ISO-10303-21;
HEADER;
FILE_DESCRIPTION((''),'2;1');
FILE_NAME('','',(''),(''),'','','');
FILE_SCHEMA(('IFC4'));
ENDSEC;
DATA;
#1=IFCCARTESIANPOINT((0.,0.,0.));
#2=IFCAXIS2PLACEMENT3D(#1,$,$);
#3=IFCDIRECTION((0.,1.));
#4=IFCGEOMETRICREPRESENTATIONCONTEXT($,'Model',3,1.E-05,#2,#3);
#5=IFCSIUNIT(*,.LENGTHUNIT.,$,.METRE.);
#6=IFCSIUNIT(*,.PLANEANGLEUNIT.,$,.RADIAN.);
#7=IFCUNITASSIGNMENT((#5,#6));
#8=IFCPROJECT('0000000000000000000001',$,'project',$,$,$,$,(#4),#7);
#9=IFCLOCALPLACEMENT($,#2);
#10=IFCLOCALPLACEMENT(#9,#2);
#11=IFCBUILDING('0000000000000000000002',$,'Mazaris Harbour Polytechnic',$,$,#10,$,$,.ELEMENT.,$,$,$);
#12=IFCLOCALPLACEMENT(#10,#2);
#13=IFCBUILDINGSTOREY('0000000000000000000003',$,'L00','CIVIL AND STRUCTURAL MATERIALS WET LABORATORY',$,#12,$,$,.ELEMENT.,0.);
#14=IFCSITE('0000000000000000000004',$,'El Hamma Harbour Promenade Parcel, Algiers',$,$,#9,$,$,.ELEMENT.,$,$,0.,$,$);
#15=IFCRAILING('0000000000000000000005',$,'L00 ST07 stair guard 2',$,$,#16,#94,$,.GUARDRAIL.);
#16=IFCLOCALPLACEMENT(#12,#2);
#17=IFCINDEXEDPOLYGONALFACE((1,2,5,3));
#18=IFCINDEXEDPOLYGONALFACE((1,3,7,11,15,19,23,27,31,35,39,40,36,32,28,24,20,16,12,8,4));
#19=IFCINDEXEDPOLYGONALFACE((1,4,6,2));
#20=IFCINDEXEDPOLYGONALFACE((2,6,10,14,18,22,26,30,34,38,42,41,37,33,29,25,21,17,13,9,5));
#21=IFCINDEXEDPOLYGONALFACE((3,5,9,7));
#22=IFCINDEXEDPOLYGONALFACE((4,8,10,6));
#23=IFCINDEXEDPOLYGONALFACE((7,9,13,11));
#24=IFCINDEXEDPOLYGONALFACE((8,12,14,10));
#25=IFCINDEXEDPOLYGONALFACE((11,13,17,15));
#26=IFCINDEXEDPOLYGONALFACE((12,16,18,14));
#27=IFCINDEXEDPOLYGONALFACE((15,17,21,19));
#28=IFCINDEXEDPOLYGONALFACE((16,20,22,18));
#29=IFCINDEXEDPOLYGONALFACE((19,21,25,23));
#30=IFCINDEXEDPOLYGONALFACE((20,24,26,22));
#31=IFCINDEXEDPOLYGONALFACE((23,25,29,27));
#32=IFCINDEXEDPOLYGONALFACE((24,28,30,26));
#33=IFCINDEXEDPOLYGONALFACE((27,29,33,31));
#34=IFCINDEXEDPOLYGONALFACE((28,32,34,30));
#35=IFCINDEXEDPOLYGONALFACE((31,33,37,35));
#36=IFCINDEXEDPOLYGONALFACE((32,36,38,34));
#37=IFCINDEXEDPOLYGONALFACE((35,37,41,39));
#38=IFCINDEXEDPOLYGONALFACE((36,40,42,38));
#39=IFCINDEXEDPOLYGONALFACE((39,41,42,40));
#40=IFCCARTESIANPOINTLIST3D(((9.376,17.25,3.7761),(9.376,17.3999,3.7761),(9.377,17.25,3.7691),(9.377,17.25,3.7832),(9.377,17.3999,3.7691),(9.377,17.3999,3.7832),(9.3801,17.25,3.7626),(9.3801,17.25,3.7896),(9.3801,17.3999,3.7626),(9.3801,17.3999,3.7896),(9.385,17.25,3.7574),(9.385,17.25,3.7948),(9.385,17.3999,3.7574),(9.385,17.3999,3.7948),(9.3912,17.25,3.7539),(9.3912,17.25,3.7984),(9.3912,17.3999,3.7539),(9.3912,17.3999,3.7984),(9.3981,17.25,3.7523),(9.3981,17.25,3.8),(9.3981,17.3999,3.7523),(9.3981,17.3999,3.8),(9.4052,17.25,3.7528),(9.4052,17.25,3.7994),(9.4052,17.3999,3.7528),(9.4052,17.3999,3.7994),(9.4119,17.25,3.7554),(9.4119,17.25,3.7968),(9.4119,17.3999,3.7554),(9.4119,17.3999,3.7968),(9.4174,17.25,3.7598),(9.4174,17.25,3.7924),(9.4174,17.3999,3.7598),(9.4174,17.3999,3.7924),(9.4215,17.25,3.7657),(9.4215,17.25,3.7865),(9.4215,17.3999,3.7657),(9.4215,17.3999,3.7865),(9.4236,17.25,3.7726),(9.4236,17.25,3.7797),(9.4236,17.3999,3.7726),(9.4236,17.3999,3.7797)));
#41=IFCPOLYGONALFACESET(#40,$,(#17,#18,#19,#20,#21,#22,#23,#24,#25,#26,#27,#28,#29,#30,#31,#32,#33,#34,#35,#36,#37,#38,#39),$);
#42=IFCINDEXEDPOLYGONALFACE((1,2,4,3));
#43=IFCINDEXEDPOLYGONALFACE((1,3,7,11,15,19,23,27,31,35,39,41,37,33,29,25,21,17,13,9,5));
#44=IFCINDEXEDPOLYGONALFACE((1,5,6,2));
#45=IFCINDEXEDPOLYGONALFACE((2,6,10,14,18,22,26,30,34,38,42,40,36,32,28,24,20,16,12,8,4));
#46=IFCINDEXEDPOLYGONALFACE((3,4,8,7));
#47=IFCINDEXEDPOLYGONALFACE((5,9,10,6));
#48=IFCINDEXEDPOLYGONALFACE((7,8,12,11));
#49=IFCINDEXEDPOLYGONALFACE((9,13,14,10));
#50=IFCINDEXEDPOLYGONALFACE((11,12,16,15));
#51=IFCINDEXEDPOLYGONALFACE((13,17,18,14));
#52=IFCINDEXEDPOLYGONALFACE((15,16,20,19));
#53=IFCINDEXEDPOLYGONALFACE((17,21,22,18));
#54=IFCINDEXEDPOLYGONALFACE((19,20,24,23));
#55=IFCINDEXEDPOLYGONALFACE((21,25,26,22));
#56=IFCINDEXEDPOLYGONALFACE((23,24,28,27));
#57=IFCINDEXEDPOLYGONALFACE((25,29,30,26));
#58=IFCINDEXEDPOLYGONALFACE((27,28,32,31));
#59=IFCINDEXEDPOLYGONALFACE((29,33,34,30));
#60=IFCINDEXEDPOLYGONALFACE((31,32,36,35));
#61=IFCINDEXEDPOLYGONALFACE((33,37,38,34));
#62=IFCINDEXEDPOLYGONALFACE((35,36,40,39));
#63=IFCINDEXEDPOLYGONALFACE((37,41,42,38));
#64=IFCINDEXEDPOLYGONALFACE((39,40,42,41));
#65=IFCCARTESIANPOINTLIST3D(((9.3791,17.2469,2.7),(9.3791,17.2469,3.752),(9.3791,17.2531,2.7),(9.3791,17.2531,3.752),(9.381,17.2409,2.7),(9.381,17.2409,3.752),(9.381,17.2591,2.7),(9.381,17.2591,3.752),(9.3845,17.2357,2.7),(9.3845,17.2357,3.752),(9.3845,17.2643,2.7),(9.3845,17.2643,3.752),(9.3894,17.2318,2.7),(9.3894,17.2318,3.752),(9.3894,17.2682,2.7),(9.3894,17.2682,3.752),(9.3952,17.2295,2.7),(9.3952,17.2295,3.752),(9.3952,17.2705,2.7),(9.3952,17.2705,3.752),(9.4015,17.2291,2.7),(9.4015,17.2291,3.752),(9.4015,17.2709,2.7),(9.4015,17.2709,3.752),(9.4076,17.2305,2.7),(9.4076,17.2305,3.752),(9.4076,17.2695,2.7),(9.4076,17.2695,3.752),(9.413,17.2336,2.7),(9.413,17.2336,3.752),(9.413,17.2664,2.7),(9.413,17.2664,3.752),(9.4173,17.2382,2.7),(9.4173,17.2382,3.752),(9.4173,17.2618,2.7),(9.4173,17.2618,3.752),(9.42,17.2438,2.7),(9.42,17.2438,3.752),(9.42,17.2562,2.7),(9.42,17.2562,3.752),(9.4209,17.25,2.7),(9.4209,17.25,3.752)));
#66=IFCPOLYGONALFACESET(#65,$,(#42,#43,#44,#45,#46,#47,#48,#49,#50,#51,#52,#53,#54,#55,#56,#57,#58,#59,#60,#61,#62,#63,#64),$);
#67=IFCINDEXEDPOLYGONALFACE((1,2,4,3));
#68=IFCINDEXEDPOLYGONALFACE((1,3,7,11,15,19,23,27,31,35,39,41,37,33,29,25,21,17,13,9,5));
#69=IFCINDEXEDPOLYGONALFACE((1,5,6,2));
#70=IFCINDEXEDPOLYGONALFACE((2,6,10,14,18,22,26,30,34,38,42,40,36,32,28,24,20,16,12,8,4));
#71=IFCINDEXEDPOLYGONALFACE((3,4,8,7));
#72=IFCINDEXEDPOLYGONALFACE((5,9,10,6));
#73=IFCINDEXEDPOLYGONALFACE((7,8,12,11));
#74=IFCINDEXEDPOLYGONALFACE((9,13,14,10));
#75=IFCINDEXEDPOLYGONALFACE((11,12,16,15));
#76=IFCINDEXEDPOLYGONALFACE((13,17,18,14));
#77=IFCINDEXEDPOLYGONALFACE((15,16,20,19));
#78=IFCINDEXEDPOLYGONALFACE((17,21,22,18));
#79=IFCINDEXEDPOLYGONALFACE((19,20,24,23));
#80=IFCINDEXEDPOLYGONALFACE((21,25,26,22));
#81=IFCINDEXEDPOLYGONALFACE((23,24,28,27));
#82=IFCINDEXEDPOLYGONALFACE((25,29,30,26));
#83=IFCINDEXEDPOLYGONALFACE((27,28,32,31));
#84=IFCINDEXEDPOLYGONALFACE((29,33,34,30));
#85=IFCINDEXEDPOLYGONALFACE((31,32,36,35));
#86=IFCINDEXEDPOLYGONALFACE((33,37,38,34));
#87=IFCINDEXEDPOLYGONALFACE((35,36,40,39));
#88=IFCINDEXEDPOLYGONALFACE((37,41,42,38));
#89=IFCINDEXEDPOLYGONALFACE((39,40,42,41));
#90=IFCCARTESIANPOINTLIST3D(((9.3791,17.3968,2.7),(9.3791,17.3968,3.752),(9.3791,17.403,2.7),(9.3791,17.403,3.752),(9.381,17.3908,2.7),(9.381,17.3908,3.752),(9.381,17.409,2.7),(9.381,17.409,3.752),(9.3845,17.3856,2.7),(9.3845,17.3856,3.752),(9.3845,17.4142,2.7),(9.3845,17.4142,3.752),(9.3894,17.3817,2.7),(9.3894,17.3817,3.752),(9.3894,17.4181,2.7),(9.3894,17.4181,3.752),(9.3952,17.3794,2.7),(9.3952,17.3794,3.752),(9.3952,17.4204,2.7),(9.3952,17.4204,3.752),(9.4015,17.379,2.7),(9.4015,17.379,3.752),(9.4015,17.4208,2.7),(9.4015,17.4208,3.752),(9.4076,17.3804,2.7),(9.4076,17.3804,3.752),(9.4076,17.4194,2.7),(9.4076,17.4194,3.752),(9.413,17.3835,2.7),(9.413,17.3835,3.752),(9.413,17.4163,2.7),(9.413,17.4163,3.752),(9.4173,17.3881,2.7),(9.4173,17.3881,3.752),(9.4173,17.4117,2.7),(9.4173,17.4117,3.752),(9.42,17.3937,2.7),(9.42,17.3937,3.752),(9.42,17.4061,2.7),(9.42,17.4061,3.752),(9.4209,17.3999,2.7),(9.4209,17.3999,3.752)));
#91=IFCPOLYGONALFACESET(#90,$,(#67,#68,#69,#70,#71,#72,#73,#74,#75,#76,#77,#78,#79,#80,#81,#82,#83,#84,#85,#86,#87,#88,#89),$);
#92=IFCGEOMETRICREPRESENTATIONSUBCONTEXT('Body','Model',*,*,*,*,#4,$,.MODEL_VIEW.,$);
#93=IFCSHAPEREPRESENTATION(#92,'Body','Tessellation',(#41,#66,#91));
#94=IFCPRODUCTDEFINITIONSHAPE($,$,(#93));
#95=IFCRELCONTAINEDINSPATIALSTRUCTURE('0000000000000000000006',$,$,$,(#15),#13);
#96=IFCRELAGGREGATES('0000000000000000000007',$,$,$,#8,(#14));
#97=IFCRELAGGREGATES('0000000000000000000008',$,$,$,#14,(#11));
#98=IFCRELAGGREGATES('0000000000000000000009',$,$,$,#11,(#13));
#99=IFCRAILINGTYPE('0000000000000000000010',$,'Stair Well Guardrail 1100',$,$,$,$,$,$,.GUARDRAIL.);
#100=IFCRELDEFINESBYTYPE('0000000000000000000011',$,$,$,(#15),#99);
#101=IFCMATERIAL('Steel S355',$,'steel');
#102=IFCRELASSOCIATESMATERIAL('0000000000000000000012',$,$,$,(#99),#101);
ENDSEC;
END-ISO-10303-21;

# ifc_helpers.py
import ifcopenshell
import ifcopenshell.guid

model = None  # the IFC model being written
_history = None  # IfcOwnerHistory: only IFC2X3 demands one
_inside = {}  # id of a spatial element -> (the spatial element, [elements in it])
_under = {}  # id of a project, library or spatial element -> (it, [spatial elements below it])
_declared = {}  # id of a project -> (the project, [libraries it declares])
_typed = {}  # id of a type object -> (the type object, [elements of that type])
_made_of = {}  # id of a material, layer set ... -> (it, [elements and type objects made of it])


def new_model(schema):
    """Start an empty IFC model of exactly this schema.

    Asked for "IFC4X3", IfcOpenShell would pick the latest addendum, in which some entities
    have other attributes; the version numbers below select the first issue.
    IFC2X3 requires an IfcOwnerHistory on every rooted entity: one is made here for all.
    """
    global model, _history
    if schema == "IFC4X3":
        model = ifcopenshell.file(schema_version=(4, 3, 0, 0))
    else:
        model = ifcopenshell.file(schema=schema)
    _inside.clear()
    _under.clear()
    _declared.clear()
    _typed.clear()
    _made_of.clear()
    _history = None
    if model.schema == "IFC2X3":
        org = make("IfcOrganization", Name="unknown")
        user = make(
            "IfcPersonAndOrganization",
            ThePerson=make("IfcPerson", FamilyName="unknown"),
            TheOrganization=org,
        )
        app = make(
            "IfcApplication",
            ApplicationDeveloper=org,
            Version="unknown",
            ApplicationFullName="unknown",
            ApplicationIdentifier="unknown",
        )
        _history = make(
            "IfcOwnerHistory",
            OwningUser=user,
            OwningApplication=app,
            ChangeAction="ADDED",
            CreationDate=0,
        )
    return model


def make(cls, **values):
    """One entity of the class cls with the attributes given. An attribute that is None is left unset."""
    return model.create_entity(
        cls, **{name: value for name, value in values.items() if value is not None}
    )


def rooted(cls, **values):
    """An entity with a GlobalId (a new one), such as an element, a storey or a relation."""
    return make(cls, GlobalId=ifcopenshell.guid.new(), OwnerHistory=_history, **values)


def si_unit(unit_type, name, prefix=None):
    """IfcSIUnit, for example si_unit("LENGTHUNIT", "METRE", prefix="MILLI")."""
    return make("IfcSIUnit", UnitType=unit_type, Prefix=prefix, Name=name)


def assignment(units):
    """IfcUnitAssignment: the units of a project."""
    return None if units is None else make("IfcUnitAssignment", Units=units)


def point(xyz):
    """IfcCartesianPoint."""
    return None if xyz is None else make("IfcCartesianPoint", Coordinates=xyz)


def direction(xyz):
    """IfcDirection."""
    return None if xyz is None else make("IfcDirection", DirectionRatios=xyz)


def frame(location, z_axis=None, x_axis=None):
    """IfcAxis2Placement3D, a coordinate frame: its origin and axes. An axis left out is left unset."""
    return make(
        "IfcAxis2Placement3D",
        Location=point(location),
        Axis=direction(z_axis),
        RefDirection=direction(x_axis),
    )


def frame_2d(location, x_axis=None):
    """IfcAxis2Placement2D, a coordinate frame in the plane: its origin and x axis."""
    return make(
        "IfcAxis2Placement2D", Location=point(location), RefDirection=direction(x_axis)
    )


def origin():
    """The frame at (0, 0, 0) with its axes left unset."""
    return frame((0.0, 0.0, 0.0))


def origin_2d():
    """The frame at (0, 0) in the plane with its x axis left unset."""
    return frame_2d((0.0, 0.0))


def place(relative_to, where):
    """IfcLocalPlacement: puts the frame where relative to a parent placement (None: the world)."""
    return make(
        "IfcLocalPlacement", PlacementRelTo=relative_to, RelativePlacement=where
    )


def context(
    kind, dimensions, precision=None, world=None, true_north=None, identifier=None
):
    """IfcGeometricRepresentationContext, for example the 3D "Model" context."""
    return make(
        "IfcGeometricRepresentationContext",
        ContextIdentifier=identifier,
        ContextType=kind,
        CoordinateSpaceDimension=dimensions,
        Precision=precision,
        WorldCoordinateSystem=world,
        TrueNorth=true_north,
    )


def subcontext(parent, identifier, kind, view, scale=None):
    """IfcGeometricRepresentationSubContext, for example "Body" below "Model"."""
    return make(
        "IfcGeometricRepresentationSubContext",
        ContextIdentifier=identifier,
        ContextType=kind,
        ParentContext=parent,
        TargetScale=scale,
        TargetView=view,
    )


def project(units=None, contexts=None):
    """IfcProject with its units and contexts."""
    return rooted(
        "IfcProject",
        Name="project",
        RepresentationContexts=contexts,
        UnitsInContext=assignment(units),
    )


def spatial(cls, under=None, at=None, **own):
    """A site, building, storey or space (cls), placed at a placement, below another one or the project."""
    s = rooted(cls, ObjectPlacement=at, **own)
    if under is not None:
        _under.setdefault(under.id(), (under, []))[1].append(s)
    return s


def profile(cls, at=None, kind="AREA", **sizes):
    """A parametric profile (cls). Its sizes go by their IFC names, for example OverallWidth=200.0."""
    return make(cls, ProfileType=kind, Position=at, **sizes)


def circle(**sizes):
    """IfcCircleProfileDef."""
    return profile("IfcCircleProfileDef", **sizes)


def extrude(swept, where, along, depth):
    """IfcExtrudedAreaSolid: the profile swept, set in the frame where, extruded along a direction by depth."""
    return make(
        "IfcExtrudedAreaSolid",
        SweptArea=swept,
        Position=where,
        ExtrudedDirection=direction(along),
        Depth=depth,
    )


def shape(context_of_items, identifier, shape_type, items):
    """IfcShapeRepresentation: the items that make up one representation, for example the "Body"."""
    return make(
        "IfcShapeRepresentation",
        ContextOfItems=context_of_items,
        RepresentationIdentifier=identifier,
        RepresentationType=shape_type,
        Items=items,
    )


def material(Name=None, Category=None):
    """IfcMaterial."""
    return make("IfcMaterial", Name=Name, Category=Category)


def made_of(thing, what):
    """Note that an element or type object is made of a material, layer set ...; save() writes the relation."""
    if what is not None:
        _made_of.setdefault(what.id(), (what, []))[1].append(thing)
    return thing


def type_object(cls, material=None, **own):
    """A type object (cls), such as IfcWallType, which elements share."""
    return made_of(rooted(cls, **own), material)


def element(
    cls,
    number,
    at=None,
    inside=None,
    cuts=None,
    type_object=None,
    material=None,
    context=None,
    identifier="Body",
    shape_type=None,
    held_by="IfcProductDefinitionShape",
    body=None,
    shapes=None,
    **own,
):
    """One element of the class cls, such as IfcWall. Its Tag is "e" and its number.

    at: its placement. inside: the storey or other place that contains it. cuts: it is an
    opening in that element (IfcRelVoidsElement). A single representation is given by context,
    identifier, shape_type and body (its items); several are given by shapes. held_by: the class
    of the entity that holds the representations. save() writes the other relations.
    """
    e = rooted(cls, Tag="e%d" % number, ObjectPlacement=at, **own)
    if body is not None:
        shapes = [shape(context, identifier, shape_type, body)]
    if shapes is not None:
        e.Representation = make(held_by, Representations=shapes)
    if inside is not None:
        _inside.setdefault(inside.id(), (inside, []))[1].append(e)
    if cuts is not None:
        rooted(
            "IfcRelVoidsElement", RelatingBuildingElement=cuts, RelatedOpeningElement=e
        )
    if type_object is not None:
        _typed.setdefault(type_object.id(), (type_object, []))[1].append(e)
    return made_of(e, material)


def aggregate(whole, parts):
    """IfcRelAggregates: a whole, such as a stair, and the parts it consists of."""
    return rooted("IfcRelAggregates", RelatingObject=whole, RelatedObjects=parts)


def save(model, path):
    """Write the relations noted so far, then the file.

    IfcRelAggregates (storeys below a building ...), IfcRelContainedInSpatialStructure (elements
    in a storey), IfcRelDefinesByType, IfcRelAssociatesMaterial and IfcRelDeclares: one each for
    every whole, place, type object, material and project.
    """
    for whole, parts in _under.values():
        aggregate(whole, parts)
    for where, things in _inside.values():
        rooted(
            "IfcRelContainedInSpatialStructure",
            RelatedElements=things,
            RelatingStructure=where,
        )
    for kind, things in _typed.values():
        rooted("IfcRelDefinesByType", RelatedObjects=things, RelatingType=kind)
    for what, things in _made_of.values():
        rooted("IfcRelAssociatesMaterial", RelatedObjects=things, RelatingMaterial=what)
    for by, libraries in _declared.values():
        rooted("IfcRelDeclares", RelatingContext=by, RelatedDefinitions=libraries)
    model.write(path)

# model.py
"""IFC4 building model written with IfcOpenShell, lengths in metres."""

from ifc_helpers import new_model, si_unit, direction, frame, origin, origin_2d, place, context, subcontext, project, spatial, circle, extrude, material, type_object, element, save


model = new_model("IFC4")

# Units and contexts
model_context = context("Model", 3, precision=1e-05, world=origin(), true_north=direction((0.0, 1.0)))
body_context = subcontext(model_context, "Body", "Model", "MODEL_VIEW")
ifc_project = project(units=[si_unit("LENGTHUNIT", "METRE"), si_unit("PLANEANGLEUNIT", "RADIAN")], contexts=[model_context])

# Site, building, storey
site_placement = place(None, origin())
site = spatial("IfcSite", under=ifc_project, at=site_placement, Name="El Hamma Harbour Promenade Parcel, Algiers", CompositionType="ELEMENT", RefElevation=0.0)
building_placement = place(site_placement, origin())
building = spatial("IfcBuilding", under=site, at=building_placement, Name="Mazaris Harbour Polytechnic", CompositionType="ELEMENT")
storey_placement = place(building_placement, origin())
storey = spatial("IfcBuildingStorey", under=building, at=storey_placement, Name="L00", Description="CIVIL AND STRUCTURAL MATERIALS WET LABORATORY", CompositionType="ELEMENT", Elevation=0.0)

# Railing
ifc_material_1 = material(Name="Steel S355", Category="steel")
railing_type_1 = type_object("IfcRailingType", Name="Stair Well Guardrail 1100", PredefinedType="GUARDRAIL", material=ifc_material_1)
railing_1_placement = place(storey_placement, frame((9.3999, 17.25, 2.7)))
element("IfcRailing", 1, at=railing_1_placement, inside=storey, type_object=railing_type_1, Name="L00 ST07 stair guard 2", PredefinedType="GUARDRAIL", context=body_context, shape_type="SweptSolid", body=[
    extrude(circle(Radius=0.0239, at=origin_2d()), frame((0.0, 0.0, 1.0762), z_axis=(0.0, 1.0, 0.0), x_axis=(-1.0, 0.0, 0.0)), (0.0, 0.0, 1.0), 0.1499),
    extrude(circle(Radius=0.021, at=origin_2d()), origin(), (0.0, 0.0, 1.0), 1.052),
    extrude(circle(Radius=0.021, at=origin_2d()), frame((0.0, 0.1499, 0.0)), (0.0, 0.0, 1.0), 1.052),
])

save(model, "model.ifc")
